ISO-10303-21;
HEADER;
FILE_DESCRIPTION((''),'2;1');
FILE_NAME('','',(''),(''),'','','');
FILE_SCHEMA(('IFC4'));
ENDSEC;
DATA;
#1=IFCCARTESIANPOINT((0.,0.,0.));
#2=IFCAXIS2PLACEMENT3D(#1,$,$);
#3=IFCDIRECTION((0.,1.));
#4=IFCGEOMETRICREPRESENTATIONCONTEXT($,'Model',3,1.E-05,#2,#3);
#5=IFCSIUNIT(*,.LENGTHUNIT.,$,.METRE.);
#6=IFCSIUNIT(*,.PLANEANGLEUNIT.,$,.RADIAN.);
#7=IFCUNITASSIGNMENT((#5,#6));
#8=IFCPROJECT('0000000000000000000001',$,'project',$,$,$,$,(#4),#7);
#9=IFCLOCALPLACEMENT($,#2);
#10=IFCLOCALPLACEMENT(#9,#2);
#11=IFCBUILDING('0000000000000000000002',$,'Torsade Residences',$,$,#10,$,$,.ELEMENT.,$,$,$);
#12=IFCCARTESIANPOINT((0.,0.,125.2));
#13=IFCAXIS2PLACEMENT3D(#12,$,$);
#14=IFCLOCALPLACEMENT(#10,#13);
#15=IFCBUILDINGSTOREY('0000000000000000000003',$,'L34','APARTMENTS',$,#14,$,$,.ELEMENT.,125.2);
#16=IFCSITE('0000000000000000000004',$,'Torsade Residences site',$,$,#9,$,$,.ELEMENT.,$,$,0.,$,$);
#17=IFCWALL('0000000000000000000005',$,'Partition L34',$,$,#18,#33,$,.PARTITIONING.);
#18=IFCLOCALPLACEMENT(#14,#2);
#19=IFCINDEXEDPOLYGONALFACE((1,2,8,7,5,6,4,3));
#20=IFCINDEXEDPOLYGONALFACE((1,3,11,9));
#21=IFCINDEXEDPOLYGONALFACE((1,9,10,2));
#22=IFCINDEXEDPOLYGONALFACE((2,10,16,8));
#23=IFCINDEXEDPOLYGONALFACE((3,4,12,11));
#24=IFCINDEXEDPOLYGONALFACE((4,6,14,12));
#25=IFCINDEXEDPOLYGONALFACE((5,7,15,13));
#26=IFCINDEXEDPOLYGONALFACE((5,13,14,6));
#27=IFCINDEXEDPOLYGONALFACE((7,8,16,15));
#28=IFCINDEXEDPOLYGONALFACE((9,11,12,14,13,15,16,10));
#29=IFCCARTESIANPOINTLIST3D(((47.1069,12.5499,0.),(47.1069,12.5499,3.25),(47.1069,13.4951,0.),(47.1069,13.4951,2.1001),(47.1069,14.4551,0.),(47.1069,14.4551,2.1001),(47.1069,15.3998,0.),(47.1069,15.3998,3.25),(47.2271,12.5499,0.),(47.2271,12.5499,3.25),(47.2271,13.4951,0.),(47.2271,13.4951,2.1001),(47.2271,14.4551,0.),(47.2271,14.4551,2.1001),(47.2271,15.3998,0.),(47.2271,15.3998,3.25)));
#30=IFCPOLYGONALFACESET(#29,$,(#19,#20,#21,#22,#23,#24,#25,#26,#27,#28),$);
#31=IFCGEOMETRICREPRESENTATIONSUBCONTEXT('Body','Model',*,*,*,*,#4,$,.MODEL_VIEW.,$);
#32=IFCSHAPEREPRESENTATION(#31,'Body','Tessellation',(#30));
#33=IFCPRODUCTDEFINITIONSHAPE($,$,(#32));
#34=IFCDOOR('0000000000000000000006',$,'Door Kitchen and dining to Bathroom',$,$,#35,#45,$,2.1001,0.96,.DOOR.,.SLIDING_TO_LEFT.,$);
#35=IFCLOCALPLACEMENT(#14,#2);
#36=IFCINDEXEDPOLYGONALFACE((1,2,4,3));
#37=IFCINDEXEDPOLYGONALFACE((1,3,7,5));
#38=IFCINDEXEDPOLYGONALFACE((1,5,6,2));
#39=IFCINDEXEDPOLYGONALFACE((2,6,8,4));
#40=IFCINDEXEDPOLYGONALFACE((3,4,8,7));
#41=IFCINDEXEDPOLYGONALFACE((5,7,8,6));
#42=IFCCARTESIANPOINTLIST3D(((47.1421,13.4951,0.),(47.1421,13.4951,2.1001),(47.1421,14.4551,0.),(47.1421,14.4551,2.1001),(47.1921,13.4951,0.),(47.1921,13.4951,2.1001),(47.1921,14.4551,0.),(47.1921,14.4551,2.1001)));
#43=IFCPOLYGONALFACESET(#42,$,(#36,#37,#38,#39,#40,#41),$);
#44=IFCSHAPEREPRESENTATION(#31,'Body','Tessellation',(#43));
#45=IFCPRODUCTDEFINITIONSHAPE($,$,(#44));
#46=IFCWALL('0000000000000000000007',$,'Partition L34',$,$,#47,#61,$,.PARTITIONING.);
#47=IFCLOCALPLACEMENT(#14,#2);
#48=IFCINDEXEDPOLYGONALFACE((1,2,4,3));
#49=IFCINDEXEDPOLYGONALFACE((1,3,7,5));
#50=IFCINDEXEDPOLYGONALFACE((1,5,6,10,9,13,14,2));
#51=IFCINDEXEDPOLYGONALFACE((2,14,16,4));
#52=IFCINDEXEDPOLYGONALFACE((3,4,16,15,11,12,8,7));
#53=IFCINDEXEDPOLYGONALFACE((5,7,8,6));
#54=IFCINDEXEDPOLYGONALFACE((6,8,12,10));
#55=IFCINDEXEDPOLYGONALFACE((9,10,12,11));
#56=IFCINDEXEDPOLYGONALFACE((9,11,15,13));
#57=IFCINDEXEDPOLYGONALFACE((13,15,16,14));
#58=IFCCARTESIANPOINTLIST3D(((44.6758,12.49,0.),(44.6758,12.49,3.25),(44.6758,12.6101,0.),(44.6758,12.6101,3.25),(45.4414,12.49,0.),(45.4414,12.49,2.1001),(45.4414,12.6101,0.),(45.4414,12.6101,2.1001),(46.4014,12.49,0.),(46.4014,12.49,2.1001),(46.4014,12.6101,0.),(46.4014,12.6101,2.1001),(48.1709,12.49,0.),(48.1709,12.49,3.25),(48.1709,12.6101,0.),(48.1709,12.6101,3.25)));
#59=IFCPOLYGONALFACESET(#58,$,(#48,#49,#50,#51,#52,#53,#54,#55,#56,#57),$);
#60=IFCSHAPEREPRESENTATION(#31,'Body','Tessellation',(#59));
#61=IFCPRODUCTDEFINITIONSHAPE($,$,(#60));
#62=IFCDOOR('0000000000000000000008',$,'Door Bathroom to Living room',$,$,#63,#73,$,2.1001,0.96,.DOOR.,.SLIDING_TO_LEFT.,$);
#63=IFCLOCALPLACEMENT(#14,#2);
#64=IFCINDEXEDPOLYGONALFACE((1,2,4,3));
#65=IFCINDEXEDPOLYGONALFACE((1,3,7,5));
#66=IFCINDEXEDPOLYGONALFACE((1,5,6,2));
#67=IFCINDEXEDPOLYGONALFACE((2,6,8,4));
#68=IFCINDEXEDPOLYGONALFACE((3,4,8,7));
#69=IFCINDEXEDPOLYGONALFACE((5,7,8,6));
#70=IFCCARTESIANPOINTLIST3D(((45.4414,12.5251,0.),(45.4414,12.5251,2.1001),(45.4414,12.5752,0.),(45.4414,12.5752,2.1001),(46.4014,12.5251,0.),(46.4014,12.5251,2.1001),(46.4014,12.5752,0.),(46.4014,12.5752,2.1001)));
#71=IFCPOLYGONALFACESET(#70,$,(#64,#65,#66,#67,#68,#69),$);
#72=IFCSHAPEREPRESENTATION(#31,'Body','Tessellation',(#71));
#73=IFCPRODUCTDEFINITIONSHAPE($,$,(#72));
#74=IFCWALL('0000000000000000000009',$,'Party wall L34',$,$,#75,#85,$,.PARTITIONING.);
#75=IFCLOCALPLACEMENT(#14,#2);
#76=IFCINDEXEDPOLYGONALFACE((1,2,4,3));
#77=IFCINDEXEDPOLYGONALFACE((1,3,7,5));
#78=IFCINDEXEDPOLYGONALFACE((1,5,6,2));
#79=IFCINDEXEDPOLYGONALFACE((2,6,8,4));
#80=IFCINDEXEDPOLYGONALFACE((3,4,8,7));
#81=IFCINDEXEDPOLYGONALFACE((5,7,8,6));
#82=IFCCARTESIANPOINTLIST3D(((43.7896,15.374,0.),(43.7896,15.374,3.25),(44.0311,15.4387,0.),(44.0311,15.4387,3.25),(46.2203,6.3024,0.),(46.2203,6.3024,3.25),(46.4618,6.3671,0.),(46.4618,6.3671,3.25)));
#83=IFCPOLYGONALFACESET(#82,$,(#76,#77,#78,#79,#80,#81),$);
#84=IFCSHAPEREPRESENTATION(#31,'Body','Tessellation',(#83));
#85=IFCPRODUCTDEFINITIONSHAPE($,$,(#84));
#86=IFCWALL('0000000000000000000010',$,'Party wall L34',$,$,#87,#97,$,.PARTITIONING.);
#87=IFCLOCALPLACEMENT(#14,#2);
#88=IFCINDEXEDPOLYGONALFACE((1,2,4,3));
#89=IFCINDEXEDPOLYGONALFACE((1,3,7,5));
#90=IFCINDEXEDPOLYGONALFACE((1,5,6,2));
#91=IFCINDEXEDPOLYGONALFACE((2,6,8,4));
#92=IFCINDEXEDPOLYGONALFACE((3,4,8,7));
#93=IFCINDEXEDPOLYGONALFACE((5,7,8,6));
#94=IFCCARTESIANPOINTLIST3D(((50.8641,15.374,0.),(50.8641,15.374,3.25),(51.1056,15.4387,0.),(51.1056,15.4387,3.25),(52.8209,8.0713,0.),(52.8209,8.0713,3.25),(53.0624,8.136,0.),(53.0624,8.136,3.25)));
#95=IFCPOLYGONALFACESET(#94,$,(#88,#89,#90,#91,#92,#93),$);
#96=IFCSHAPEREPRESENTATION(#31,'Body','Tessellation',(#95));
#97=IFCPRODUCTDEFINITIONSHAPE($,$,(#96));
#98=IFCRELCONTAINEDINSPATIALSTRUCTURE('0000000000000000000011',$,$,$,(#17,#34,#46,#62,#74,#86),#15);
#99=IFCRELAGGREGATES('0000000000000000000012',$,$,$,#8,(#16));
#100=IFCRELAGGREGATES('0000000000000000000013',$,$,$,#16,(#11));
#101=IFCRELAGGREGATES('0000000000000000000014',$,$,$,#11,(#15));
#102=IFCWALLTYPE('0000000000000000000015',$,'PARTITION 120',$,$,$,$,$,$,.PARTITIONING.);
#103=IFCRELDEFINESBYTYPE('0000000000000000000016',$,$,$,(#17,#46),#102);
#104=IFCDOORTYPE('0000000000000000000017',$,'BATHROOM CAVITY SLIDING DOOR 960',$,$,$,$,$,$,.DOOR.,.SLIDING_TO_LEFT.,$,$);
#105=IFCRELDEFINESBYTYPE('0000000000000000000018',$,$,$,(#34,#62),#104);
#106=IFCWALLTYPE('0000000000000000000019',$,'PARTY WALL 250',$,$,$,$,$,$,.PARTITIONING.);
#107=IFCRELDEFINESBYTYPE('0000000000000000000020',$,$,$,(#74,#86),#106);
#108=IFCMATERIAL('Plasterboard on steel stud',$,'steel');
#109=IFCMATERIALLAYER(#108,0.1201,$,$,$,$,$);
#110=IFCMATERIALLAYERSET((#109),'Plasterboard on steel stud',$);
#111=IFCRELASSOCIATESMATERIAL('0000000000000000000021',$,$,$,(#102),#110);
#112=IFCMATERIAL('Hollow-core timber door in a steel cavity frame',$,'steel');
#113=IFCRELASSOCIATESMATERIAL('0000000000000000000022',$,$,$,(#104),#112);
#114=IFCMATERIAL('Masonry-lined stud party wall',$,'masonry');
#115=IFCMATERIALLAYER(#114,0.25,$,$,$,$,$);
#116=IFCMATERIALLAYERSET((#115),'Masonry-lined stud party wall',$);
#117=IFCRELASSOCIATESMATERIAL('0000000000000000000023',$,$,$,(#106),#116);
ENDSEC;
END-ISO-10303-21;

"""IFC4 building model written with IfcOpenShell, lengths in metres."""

from ifc_helpers import new_model, si_unit, direction, frame, frame_2d, origin, place, context, subcontext, project, spatial, rectangle, extrude, material, layer, layer_set, type_object, element, fill, save


model = new_model("IFC4")

# Units and contexts
model_context = context("Model", 3, precision=1e-05, world=origin(), true_north=direction((0.0, 1.0)))
body_context = subcontext(model_context, "Body", "Model", "MODEL_VIEW")
ifc_project = project(units=[si_unit("LENGTHUNIT", "METRE"), si_unit("PLANEANGLEUNIT", "RADIAN")], contexts=[model_context])

# Site, building, storey
site_placement = place(None, origin())
site = spatial("IfcSite", under=ifc_project, at=site_placement, Name="Torsade Residences site", CompositionType="ELEMENT", RefElevation=0.0)
building_placement = place(site_placement, origin())
building = spatial("IfcBuilding", under=site, at=building_placement, Name="Torsade Residences", CompositionType="ELEMENT")
storey_placement = place(building_placement, frame((0.0, 0.0, 125.2)))
storey = spatial("IfcBuildingStorey", under=building, at=storey_placement, Name="L34", Description="APARTMENTS", CompositionType="ELEMENT", Elevation=125.2)

# Shared definitions
ifc_material_1 = material(Name="Plasterboard on steel stud", Category="steel")
ifc_layer_1 = layer(ifc_material_1, 0.1201)
ifc_layer_set_1 = layer_set([ifc_layer_1], Name="Plasterboard on steel stud")
wall_type_1 = type_object("IfcWallType", Name="PARTITION 120", PredefinedType="PARTITIONING", material=ifc_layer_set_1)
ifc_material_2 = material(Name="Hollow-core timber door in a steel cavity frame", Category="steel")
door_type_1 = type_object("IfcDoorType", Name="BATHROOM CAVITY SLIDING DOOR 960", OperationType="SLIDING_TO_LEFT", PredefinedType="DOOR", material=ifc_material_2)

# Walls, openings, doors
wall_1_placement = place(storey_placement, frame((47.167, 12.55, 0.0), z_axis=(0.0, 0.0, 1.0), x_axis=(0.0, 1.0, 0.0)))
wall_1 = element("IfcWall", 1, at=wall_1_placement, inside=storey, type_object=wall_type_1, Name="Partition L34", PredefinedType="PARTITIONING", context=body_context, shape_type="SweptSolid", body=[
    extrude(rectangle(XDim=2.8499, YDim=0.1201, at=frame_2d((1.4248, 0.0))), origin(), (0.0, 0.0, 1.0), 3.25),
])
opening_1_placement = place(wall_1_placement, frame((0.9451, 0.0, 0.0)))
opening_1 = element("IfcOpeningElement", 2, at=opening_1_placement, cuts=wall_1, PredefinedType="OPENING", context=body_context, shape_type="SweptSolid", body=[
    extrude(rectangle(XDim=0.96, YDim=2.1001, at=frame_2d((0.48, 1.05))), frame((0.0, 0.0701, 0.0), z_axis=(0.0, -1.0, 0.0), x_axis=(1.0, 0.0, 0.0)), (0.0, 0.0, 1.0), 0.1401),
])
door_1_placement = place(opening_1_placement, origin())
door_1 = element("IfcDoor", 3, at=door_1_placement, inside=storey, type_object=door_type_1, Name="Door Kitchen and dining to Bathroom", OperationType="SLIDING_TO_LEFT", OverallHeight=2.1001, OverallWidth=0.96, PredefinedType="DOOR", context=body_context, shape_type="SweptSolid", body=[
    extrude(rectangle(XDim=0.96, YDim=2.1001, at=frame_2d((0.48, 1.05))), frame((0.0, 0.0249, 0.0), z_axis=(0.0, -1.0, 0.0), x_axis=(1.0, 0.0, 0.0)), (0.0, 0.0, 1.0), 0.05),
])
fill(opening_1, door_1)
wall_2_placement = place(storey_placement, frame((48.1709, 12.55, 0.0), z_axis=(0.0, 0.0, 1.0), x_axis=(-1.0, 0.0, 0.0)))
wall_2 = element("IfcWall", 4, at=wall_2_placement, inside=storey, type_object=wall_type_1, Name="Partition L34", PredefinedType="PARTITIONING", context=body_context, shape_type="SweptSolid", body=[
    extrude(rectangle(XDim=3.4951, YDim=0.1201, at=frame_2d((1.7476, 0.0))), origin(), (0.0, 0.0, 1.0), 3.25),
])
opening_2_placement = place(wall_2_placement, frame((1.7695, 0.0, 0.0)))
opening_2 = element("IfcOpeningElement", 5, at=opening_2_placement, cuts=wall_2, PredefinedType="OPENING", context=body_context, shape_type="SweptSolid", body=[
    extrude(rectangle(XDim=0.96, YDim=2.1001, at=frame_2d((0.48, 1.05))), frame((0.0, 0.0701, 0.0), z_axis=(0.0, -1.0, 0.0), x_axis=(1.0, 0.0, 0.0)), (0.0, 0.0, 1.0), 0.1401),
])
door_2_placement = place(opening_2_placement, origin())
door_2 = element("IfcDoor", 6, at=door_2_placement, inside=storey, type_object=door_type_1, Name="Door Bathroom to Living room", OperationType="SLIDING_TO_LEFT", OverallHeight=2.1001, OverallWidth=0.96, PredefinedType="DOOR", context=body_context, shape_type="SweptSolid", body=[
    extrude(rectangle(XDim=0.96, YDim=2.1001, at=frame_2d((0.48, 1.05))), frame((0.0, 0.0249, 0.0), z_axis=(0.0, -1.0, 0.0), x_axis=(1.0, 0.0, 0.0)), (0.0, 0.0, 1.0), 0.05),
])
fill(opening_2, door_2)

# Walls
ifc_material_3 = material(Name="Masonry-lined stud party wall", Category="masonry")
ifc_layer_2 = layer(ifc_material_3, 0.25)
ifc_layer_set_2 = layer_set([ifc_layer_2], Name="Masonry-lined stud party wall")
wall_type_2 = type_object("IfcWallType", Name="PARTY WALL 250", PredefinedType="PARTITIONING", material=ifc_layer_set_2)
wall_3_placement = place(storey_placement, frame((46.3411, 6.3347, 0.0), z_axis=(0.0, 0.0, 1.0), x_axis=(-0.258814, 0.965927, 0.0)))
element("IfcWall", 7, at=wall_3_placement, inside=storey, type_object=wall_type_2, Name="Party wall L34", PredefinedType="PARTITIONING", context=body_context, shape_type="SweptSolid", body=[
    extrude(rectangle(XDim=9.3916, YDim=0.25, at=frame_2d((4.6958, 0.0))), origin(), (0.0, 0.0, 1.0), 3.25),
])
wall_4_placement = place(storey_placement, frame((52.9417, 8.1035, 0.0), z_axis=(0.0, 0.0, 1.0), x_axis=(-0.258822, 0.965925, 0.0)))
element("IfcWall", 8, at=wall_4_placement, inside=storey, type_object=wall_type_2, Name="Party wall L34", PredefinedType="PARTITIONING", context=body_context, shape_type="SweptSolid", body=[
    extrude(rectangle(XDim=7.5603, YDim=0.25, at=frame_2d((3.7803, 0.0))), origin(), (0.0, 0.0, 1.0), 3.25),
])

save(model, "model.ifc")
